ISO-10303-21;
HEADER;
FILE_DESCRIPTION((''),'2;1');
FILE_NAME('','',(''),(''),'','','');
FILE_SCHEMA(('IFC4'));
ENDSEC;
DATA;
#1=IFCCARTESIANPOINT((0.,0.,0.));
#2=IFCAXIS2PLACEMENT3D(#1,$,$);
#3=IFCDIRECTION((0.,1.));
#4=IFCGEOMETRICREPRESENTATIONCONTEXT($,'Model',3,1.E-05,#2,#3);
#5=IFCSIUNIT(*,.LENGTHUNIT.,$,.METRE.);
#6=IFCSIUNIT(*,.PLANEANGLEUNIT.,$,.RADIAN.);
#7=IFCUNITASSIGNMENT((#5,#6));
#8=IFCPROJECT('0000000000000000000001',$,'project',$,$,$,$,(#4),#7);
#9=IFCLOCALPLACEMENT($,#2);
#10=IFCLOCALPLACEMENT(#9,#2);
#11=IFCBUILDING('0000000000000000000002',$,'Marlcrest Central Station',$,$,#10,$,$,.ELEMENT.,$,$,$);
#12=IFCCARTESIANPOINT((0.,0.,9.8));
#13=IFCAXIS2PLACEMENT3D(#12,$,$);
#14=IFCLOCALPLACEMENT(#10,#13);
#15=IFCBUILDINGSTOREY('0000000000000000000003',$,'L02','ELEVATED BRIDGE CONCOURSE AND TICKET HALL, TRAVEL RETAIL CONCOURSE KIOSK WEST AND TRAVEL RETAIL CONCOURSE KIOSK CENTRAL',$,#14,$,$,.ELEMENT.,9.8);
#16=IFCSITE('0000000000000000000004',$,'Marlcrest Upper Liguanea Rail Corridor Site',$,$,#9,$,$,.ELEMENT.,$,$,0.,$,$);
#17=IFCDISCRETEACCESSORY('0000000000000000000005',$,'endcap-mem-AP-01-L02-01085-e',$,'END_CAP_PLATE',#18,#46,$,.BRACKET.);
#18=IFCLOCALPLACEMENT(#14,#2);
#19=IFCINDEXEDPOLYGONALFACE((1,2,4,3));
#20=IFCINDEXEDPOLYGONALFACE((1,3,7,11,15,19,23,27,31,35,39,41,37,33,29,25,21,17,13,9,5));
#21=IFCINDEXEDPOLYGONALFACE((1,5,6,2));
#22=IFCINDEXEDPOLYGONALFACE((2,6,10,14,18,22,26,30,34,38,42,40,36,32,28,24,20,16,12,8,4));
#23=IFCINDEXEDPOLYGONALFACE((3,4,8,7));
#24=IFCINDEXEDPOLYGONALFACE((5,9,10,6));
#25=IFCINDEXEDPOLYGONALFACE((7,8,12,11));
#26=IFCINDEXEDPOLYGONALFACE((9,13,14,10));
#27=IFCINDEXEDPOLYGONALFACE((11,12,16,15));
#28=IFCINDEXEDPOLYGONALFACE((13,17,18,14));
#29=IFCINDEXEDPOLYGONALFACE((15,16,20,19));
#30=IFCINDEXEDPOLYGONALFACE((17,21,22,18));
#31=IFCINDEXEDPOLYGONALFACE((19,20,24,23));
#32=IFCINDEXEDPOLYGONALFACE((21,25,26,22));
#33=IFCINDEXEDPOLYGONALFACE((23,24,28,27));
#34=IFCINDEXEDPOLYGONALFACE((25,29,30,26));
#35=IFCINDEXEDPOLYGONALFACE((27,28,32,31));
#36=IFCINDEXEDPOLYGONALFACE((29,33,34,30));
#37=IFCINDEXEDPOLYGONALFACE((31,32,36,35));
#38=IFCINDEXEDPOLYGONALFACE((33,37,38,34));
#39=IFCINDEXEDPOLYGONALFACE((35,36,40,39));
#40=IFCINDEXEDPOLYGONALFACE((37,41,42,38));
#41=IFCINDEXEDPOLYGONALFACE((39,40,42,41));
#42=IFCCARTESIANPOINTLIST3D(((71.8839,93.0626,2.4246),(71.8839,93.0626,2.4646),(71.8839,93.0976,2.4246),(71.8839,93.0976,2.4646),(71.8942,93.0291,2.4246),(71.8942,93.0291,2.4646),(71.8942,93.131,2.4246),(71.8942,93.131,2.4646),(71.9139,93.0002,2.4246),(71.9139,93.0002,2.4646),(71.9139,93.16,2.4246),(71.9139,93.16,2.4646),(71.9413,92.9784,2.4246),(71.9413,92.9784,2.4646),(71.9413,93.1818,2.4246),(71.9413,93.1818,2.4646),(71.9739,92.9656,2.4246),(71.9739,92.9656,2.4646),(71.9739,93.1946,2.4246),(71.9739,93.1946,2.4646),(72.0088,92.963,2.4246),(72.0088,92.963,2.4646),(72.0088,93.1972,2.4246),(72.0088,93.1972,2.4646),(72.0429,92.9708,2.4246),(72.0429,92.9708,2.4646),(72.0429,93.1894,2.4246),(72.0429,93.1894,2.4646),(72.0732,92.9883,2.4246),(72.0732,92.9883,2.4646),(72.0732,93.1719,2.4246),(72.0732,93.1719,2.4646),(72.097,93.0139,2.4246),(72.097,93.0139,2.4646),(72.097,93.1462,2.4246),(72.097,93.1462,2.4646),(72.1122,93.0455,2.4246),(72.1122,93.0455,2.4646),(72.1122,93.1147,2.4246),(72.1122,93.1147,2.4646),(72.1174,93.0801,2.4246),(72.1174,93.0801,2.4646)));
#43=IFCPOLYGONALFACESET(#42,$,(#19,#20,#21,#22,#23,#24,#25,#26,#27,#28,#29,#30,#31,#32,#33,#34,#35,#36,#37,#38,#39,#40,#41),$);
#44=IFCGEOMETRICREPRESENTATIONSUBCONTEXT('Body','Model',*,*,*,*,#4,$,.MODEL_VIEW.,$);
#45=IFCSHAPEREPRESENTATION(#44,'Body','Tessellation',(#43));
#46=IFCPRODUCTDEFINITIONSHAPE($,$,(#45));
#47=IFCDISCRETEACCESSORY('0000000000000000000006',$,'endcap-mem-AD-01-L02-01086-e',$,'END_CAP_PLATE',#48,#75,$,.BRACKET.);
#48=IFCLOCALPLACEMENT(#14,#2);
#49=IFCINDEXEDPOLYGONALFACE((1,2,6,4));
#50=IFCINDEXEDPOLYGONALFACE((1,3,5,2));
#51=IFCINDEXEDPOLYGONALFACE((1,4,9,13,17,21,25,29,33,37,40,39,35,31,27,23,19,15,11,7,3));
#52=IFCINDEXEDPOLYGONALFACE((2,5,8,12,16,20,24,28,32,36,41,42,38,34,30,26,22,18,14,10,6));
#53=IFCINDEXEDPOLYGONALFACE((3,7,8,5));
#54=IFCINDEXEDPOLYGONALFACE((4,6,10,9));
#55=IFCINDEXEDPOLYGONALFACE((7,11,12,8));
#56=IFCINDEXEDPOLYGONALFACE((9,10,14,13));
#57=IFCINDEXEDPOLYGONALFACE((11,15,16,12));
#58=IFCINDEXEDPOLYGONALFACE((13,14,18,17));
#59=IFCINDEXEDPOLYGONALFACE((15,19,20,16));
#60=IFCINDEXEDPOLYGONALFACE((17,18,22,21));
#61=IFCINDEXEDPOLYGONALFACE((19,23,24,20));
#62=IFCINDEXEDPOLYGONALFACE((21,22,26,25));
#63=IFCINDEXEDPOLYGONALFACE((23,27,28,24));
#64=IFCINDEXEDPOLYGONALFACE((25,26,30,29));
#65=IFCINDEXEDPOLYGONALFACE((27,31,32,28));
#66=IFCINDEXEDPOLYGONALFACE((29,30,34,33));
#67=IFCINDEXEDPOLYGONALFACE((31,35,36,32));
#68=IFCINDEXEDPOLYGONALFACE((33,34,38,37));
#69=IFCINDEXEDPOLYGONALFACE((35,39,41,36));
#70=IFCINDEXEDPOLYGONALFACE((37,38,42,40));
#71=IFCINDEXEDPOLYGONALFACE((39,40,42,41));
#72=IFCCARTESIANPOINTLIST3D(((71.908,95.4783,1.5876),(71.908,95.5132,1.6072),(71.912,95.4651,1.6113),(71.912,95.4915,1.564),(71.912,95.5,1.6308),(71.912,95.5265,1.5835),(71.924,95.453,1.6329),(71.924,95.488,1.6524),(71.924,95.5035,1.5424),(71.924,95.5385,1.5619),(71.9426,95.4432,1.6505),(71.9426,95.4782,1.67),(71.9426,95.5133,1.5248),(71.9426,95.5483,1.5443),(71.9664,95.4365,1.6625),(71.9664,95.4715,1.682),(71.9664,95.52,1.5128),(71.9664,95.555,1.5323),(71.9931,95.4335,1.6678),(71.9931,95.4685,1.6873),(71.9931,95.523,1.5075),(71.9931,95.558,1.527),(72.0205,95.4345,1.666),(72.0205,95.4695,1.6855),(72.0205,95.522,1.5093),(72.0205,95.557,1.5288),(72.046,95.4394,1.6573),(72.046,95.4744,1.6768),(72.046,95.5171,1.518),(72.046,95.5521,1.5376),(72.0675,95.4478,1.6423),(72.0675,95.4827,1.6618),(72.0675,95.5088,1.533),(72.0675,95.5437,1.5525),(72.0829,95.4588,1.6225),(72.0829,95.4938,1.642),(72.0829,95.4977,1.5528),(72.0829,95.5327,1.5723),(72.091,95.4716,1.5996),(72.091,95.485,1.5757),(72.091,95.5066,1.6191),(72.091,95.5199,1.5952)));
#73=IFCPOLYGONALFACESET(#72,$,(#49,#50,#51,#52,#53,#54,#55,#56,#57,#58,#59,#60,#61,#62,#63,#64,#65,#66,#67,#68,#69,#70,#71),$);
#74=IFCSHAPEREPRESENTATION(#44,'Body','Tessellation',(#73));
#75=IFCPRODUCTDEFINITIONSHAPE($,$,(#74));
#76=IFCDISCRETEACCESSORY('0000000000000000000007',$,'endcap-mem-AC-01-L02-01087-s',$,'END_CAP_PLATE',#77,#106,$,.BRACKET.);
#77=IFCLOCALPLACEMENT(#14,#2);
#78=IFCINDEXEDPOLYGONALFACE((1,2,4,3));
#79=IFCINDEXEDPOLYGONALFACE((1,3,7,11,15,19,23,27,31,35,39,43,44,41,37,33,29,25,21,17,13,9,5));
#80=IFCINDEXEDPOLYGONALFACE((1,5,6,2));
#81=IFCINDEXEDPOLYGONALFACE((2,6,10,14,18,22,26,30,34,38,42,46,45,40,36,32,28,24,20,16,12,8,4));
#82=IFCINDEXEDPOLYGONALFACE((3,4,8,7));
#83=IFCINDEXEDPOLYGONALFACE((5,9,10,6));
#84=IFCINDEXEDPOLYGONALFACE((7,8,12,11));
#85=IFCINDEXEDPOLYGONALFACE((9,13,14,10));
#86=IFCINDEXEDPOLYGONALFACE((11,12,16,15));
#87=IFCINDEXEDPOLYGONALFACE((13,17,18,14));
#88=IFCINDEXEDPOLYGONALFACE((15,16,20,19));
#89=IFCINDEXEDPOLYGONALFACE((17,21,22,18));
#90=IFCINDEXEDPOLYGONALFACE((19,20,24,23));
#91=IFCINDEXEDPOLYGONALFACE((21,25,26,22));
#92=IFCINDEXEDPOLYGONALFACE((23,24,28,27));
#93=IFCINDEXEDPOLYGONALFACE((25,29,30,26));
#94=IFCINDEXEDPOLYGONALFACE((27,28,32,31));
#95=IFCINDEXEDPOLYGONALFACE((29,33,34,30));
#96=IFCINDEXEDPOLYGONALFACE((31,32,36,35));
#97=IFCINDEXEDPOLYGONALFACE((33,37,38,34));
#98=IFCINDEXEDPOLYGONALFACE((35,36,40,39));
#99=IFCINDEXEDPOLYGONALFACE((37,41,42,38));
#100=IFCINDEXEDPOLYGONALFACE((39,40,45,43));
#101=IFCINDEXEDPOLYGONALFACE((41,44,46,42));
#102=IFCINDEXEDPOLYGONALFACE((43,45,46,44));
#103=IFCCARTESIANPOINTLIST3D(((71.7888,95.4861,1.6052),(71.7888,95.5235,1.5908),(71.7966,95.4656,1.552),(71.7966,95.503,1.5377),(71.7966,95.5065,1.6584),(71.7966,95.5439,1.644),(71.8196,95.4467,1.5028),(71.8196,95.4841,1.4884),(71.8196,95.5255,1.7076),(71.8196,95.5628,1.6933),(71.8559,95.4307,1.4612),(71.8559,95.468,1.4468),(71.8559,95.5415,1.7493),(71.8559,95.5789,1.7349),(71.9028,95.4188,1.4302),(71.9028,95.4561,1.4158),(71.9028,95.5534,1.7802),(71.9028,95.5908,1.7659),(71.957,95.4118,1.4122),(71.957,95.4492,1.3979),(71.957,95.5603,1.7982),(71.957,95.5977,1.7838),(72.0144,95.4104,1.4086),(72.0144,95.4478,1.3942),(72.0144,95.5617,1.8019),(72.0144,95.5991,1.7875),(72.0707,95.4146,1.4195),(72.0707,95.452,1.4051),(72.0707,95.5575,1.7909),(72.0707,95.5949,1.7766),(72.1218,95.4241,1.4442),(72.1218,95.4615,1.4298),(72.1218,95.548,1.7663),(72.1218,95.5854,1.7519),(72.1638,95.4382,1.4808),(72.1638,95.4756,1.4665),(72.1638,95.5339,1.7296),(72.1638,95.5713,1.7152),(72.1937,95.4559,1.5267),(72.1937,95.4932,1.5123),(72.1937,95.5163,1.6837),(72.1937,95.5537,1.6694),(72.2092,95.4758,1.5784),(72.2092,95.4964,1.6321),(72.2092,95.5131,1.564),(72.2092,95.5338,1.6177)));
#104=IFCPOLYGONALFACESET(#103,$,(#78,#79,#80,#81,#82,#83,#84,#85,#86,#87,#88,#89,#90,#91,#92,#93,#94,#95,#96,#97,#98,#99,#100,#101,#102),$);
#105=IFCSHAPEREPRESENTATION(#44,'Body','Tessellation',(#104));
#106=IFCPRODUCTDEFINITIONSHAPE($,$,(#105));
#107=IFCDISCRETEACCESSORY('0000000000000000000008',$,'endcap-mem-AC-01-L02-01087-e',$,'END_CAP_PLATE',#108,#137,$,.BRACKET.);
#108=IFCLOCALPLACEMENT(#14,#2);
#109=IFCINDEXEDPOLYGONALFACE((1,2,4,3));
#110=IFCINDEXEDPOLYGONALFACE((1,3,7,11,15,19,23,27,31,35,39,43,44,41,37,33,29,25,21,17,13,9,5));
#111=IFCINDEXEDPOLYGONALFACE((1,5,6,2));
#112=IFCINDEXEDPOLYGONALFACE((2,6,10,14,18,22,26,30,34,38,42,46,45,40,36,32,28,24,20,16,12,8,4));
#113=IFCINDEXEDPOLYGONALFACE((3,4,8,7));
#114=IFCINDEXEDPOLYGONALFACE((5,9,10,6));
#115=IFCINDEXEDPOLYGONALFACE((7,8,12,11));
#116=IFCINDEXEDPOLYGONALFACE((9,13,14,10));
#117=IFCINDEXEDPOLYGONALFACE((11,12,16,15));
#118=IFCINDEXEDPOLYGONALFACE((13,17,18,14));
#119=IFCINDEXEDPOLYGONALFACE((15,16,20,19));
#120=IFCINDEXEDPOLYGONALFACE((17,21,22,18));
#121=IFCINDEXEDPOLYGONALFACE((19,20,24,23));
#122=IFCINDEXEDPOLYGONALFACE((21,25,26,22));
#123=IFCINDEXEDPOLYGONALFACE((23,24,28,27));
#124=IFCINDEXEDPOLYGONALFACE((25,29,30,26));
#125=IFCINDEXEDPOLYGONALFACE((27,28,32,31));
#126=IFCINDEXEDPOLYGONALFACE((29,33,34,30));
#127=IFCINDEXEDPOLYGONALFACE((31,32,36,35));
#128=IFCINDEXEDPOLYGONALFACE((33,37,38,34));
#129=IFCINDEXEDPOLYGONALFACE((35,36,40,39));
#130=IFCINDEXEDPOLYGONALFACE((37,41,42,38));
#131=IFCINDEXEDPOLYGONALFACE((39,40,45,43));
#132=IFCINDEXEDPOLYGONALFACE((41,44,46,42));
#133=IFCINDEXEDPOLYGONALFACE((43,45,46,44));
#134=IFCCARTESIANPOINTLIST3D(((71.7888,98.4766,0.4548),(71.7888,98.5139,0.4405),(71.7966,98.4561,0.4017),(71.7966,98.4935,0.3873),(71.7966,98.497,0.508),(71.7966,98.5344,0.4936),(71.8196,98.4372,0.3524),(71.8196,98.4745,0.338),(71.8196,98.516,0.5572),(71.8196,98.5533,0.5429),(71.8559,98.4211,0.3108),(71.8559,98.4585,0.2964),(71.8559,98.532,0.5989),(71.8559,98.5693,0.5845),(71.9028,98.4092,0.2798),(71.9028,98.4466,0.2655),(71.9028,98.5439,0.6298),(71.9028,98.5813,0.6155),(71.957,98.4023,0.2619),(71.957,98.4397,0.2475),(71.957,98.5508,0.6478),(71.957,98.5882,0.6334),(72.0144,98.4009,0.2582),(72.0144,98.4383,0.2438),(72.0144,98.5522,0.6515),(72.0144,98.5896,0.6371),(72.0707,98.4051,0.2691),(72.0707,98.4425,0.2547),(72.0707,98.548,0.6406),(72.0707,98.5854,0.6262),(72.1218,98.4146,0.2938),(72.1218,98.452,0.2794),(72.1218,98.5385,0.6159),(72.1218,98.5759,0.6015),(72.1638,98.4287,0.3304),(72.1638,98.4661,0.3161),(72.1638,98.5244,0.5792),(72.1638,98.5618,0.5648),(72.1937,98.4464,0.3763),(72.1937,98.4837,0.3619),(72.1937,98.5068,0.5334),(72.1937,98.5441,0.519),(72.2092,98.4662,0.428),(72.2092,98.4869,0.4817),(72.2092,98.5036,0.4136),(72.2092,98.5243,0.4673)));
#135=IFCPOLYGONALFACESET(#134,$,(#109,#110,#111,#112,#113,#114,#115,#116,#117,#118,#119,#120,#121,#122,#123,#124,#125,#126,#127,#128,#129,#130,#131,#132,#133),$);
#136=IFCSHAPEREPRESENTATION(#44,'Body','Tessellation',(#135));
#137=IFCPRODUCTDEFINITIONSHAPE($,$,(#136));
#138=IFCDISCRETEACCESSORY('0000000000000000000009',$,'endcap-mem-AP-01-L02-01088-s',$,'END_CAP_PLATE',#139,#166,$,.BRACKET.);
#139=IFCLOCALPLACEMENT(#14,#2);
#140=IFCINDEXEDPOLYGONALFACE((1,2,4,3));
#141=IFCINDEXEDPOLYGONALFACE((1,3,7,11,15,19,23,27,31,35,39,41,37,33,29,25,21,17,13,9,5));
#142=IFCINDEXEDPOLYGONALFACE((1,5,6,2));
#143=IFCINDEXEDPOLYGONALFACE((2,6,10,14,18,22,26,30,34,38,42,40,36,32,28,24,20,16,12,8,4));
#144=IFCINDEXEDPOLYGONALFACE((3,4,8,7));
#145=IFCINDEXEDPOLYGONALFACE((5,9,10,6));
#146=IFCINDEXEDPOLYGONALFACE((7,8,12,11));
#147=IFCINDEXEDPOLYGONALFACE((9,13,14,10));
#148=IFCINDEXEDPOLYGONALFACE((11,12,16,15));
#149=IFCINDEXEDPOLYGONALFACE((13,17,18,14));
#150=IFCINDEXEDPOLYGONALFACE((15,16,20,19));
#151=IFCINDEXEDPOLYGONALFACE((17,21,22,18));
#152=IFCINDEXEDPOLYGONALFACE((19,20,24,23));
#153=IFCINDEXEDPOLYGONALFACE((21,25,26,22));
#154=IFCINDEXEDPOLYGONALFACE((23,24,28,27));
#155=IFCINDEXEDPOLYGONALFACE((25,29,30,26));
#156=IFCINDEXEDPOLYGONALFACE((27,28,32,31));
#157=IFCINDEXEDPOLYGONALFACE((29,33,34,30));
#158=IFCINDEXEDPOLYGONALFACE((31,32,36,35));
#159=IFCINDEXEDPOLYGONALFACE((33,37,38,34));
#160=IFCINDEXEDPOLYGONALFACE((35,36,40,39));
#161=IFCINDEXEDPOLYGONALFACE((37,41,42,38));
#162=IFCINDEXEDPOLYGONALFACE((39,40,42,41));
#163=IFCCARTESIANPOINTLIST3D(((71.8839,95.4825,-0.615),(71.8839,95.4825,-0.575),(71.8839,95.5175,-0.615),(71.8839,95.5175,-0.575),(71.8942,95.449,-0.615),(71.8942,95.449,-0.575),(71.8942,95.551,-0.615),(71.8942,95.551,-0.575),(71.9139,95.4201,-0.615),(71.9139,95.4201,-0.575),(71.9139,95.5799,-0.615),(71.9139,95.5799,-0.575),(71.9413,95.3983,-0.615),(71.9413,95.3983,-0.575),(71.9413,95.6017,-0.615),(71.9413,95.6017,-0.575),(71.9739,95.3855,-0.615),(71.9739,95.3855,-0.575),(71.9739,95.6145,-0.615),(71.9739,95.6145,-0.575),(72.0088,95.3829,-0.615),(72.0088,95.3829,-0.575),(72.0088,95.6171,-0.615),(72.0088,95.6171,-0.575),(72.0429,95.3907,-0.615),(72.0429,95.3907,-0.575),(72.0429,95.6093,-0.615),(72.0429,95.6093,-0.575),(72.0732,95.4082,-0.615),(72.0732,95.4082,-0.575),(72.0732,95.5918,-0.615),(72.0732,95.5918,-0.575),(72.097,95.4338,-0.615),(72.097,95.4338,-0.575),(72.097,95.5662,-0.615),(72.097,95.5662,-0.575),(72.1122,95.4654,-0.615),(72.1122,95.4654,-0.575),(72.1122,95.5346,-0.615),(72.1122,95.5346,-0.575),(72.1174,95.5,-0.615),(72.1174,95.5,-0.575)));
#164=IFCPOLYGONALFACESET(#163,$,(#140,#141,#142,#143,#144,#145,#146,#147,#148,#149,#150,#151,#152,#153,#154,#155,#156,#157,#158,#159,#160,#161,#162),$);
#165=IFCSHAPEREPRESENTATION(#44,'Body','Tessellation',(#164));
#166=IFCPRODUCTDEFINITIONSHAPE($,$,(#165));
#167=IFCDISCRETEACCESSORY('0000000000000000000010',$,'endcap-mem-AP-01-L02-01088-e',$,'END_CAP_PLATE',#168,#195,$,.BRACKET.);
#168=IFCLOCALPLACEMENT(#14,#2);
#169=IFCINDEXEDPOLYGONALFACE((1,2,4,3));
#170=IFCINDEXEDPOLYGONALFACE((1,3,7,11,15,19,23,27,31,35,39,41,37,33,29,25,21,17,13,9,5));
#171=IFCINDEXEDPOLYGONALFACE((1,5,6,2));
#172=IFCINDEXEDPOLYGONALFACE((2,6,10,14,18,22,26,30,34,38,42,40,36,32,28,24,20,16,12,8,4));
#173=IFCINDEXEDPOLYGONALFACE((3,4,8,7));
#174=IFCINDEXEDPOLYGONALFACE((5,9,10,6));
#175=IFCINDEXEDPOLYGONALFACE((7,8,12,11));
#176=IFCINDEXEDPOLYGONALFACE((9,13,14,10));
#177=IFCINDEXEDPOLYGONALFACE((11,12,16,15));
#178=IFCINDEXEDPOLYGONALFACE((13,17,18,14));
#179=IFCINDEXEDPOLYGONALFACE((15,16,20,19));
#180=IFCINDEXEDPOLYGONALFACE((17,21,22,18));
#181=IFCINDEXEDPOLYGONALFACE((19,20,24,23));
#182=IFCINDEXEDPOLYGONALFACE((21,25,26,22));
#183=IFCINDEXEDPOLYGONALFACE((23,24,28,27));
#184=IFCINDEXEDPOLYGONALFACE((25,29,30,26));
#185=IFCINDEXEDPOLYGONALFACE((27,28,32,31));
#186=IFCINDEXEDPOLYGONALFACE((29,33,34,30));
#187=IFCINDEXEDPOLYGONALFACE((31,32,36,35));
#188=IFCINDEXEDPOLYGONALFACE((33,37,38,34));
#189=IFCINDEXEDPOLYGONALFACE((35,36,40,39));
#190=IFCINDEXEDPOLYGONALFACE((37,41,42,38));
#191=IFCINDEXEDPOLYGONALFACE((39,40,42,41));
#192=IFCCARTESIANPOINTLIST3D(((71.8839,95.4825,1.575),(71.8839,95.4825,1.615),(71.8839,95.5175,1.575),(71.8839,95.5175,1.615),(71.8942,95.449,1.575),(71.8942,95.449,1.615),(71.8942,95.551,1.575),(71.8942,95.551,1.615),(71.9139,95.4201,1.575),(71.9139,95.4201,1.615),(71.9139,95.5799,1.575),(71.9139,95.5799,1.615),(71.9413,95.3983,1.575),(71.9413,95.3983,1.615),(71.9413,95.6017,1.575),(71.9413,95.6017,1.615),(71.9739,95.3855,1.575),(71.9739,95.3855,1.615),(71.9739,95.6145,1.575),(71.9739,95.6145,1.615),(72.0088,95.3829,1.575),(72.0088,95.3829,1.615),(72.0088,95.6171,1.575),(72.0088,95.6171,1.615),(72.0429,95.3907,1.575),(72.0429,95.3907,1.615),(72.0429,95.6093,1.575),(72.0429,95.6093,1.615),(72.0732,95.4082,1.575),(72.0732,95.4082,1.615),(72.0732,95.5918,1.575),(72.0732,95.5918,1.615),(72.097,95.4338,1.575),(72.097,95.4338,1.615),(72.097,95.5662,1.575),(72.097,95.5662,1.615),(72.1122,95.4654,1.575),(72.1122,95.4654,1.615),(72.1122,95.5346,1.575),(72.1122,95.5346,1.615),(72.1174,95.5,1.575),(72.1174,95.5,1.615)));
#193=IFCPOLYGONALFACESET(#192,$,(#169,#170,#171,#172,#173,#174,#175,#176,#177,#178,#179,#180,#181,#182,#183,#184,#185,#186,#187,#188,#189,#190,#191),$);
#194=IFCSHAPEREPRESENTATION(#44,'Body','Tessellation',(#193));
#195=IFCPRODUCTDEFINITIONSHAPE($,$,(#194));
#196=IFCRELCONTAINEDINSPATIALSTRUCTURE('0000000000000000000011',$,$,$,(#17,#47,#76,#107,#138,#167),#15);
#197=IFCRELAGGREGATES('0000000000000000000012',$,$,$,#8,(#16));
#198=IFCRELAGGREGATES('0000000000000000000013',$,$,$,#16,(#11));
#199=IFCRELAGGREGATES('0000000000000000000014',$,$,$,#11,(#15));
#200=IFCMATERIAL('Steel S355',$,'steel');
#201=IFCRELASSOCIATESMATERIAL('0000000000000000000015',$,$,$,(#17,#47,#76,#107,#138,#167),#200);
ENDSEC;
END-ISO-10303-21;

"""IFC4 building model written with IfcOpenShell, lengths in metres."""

from ifc_helpers import new_model, si_unit, direction, frame, origin, origin_2d, place, context, subcontext, project, spatial, circle, extrude, material, element, save


model = new_model("IFC4")

# Units and contexts
model_context = context("Model", 3, precision=1e-05, world=origin(), true_north=direction((0.0, 1.0)))
body_context = subcontext(model_context, "Body", "Model", "MODEL_VIEW")
ifc_project = project(units=[si_unit("LENGTHUNIT", "METRE"), si_unit("PLANEANGLEUNIT", "RADIAN")], contexts=[model_context])

# Site, building, storey
site_placement = place(None, origin())
site = spatial("IfcSite", under=ifc_project, at=site_placement, Name="Marlcrest Upper Liguanea Rail Corridor Site", CompositionType="ELEMENT", RefElevation=0.0)
building_placement = place(site_placement, origin())
building = spatial("IfcBuilding", under=site, at=building_placement, Name="Marlcrest Central Station", CompositionType="ELEMENT")
storey_placement = place(building_placement, frame((0.0, 0.0, 9.8)))
storey = spatial("IfcBuildingStorey", under=building, at=storey_placement, Name="L02", Description="ELEVATED BRIDGE CONCOURSE AND TICKET HALL, TRAVEL RETAIL CONCOURSE KIOSK WEST AND TRAVEL RETAIL CONCOURSE KIOSK CENTRAL", CompositionType="ELEMENT", Elevation=9.8)

# Shared definitions
ifc_material_1 = material(Name="Steel S355", Category="steel")

# Discrete accessories
for number, where, z_axis, x_axis, name in (
    (1, (72.0, 93.0801, 2.4246), (0.0, 0.0, 1.0), (1.0, 0.0, 0.0), "endcap-mem-AP-01-L02-01085-e"),
):
    element("IfcDiscreteAccessory", number, at=place(storey_placement, frame(where, z_axis=z_axis, x_axis=x_axis)), inside=storey, material=ifc_material_1, Name=name, ObjectType="END_CAP_PLATE", PredefinedType="BRACKET", context=body_context, shape_type="SweptSolid", body=[
        extrude(circle(Radius=0.1174, at=origin_2d()), origin(), (0.0, 0.0, 1.0), 0.04),
    ])
discrete_accessory_1_placement = place(storey_placement, frame((72.0, 95.4783, 1.5876), z_axis=(0.0, 0.873246, 0.48728), x_axis=(-1.0, 0.0, 0.0)))
element("IfcDiscreteAccessory", 2, at=discrete_accessory_1_placement, inside=storey, material=ifc_material_1, Name="endcap-mem-AD-01-L02-01086-e", ObjectType="END_CAP_PLATE", PredefinedType="BRACKET", context=body_context, shape_type="SweptSolid", body=[
    extrude(circle(Radius=0.092, at=origin_2d()), origin(), (0.0, 0.0, 1.0), 0.04),
])
for number, where, z_axis, x_axis, name in (
    (3, (72.0, 95.4861, 1.6052), (0.0, 0.933324, -0.359035), (-1.0, 0.0, 0.0), "endcap-mem-AC-01-L02-01087-s"),
    (4, (72.0, 98.4766, 0.4548), (0.0, 0.933324, -0.359035), (-1.0, 0.0, 0.0), "endcap-mem-AC-01-L02-01087-e"),
):
    element("IfcDiscreteAccessory", number, at=place(storey_placement, frame(where, z_axis=z_axis, x_axis=x_axis)), inside=storey, material=ifc_material_1, Name=name, ObjectType="END_CAP_PLATE", PredefinedType="BRACKET", context=body_context, shape_type="SweptSolid", body=[
        extrude(circle(Radius=0.2112, at=origin_2d()), origin(), (0.0, 0.0, 1.0), 0.04),
    ])
for number, where, z_axis, x_axis, name in (
    (5, (72.0, 95.5, -0.615), (0.0, 0.0, 1.0), (1.0, 0.0, 0.0), "endcap-mem-AP-01-L02-01088-s"),
    (6, (72.0, 95.5, 1.575), (0.0, 0.0, 1.0), (1.0, 0.0, 0.0), "endcap-mem-AP-01-L02-01088-e"),
):
    element("IfcDiscreteAccessory", number, at=place(storey_placement, frame(where, z_axis=z_axis, x_axis=x_axis)), inside=storey, material=ifc_material_1, Name=name, ObjectType="END_CAP_PLATE", PredefinedType="BRACKET", context=body_context, shape_type="SweptSolid", body=[
        extrude(circle(Radius=0.1174, at=origin_2d()), origin(), (0.0, 0.0, 1.0), 0.04),
    ])

save(model, "model.ifc")
